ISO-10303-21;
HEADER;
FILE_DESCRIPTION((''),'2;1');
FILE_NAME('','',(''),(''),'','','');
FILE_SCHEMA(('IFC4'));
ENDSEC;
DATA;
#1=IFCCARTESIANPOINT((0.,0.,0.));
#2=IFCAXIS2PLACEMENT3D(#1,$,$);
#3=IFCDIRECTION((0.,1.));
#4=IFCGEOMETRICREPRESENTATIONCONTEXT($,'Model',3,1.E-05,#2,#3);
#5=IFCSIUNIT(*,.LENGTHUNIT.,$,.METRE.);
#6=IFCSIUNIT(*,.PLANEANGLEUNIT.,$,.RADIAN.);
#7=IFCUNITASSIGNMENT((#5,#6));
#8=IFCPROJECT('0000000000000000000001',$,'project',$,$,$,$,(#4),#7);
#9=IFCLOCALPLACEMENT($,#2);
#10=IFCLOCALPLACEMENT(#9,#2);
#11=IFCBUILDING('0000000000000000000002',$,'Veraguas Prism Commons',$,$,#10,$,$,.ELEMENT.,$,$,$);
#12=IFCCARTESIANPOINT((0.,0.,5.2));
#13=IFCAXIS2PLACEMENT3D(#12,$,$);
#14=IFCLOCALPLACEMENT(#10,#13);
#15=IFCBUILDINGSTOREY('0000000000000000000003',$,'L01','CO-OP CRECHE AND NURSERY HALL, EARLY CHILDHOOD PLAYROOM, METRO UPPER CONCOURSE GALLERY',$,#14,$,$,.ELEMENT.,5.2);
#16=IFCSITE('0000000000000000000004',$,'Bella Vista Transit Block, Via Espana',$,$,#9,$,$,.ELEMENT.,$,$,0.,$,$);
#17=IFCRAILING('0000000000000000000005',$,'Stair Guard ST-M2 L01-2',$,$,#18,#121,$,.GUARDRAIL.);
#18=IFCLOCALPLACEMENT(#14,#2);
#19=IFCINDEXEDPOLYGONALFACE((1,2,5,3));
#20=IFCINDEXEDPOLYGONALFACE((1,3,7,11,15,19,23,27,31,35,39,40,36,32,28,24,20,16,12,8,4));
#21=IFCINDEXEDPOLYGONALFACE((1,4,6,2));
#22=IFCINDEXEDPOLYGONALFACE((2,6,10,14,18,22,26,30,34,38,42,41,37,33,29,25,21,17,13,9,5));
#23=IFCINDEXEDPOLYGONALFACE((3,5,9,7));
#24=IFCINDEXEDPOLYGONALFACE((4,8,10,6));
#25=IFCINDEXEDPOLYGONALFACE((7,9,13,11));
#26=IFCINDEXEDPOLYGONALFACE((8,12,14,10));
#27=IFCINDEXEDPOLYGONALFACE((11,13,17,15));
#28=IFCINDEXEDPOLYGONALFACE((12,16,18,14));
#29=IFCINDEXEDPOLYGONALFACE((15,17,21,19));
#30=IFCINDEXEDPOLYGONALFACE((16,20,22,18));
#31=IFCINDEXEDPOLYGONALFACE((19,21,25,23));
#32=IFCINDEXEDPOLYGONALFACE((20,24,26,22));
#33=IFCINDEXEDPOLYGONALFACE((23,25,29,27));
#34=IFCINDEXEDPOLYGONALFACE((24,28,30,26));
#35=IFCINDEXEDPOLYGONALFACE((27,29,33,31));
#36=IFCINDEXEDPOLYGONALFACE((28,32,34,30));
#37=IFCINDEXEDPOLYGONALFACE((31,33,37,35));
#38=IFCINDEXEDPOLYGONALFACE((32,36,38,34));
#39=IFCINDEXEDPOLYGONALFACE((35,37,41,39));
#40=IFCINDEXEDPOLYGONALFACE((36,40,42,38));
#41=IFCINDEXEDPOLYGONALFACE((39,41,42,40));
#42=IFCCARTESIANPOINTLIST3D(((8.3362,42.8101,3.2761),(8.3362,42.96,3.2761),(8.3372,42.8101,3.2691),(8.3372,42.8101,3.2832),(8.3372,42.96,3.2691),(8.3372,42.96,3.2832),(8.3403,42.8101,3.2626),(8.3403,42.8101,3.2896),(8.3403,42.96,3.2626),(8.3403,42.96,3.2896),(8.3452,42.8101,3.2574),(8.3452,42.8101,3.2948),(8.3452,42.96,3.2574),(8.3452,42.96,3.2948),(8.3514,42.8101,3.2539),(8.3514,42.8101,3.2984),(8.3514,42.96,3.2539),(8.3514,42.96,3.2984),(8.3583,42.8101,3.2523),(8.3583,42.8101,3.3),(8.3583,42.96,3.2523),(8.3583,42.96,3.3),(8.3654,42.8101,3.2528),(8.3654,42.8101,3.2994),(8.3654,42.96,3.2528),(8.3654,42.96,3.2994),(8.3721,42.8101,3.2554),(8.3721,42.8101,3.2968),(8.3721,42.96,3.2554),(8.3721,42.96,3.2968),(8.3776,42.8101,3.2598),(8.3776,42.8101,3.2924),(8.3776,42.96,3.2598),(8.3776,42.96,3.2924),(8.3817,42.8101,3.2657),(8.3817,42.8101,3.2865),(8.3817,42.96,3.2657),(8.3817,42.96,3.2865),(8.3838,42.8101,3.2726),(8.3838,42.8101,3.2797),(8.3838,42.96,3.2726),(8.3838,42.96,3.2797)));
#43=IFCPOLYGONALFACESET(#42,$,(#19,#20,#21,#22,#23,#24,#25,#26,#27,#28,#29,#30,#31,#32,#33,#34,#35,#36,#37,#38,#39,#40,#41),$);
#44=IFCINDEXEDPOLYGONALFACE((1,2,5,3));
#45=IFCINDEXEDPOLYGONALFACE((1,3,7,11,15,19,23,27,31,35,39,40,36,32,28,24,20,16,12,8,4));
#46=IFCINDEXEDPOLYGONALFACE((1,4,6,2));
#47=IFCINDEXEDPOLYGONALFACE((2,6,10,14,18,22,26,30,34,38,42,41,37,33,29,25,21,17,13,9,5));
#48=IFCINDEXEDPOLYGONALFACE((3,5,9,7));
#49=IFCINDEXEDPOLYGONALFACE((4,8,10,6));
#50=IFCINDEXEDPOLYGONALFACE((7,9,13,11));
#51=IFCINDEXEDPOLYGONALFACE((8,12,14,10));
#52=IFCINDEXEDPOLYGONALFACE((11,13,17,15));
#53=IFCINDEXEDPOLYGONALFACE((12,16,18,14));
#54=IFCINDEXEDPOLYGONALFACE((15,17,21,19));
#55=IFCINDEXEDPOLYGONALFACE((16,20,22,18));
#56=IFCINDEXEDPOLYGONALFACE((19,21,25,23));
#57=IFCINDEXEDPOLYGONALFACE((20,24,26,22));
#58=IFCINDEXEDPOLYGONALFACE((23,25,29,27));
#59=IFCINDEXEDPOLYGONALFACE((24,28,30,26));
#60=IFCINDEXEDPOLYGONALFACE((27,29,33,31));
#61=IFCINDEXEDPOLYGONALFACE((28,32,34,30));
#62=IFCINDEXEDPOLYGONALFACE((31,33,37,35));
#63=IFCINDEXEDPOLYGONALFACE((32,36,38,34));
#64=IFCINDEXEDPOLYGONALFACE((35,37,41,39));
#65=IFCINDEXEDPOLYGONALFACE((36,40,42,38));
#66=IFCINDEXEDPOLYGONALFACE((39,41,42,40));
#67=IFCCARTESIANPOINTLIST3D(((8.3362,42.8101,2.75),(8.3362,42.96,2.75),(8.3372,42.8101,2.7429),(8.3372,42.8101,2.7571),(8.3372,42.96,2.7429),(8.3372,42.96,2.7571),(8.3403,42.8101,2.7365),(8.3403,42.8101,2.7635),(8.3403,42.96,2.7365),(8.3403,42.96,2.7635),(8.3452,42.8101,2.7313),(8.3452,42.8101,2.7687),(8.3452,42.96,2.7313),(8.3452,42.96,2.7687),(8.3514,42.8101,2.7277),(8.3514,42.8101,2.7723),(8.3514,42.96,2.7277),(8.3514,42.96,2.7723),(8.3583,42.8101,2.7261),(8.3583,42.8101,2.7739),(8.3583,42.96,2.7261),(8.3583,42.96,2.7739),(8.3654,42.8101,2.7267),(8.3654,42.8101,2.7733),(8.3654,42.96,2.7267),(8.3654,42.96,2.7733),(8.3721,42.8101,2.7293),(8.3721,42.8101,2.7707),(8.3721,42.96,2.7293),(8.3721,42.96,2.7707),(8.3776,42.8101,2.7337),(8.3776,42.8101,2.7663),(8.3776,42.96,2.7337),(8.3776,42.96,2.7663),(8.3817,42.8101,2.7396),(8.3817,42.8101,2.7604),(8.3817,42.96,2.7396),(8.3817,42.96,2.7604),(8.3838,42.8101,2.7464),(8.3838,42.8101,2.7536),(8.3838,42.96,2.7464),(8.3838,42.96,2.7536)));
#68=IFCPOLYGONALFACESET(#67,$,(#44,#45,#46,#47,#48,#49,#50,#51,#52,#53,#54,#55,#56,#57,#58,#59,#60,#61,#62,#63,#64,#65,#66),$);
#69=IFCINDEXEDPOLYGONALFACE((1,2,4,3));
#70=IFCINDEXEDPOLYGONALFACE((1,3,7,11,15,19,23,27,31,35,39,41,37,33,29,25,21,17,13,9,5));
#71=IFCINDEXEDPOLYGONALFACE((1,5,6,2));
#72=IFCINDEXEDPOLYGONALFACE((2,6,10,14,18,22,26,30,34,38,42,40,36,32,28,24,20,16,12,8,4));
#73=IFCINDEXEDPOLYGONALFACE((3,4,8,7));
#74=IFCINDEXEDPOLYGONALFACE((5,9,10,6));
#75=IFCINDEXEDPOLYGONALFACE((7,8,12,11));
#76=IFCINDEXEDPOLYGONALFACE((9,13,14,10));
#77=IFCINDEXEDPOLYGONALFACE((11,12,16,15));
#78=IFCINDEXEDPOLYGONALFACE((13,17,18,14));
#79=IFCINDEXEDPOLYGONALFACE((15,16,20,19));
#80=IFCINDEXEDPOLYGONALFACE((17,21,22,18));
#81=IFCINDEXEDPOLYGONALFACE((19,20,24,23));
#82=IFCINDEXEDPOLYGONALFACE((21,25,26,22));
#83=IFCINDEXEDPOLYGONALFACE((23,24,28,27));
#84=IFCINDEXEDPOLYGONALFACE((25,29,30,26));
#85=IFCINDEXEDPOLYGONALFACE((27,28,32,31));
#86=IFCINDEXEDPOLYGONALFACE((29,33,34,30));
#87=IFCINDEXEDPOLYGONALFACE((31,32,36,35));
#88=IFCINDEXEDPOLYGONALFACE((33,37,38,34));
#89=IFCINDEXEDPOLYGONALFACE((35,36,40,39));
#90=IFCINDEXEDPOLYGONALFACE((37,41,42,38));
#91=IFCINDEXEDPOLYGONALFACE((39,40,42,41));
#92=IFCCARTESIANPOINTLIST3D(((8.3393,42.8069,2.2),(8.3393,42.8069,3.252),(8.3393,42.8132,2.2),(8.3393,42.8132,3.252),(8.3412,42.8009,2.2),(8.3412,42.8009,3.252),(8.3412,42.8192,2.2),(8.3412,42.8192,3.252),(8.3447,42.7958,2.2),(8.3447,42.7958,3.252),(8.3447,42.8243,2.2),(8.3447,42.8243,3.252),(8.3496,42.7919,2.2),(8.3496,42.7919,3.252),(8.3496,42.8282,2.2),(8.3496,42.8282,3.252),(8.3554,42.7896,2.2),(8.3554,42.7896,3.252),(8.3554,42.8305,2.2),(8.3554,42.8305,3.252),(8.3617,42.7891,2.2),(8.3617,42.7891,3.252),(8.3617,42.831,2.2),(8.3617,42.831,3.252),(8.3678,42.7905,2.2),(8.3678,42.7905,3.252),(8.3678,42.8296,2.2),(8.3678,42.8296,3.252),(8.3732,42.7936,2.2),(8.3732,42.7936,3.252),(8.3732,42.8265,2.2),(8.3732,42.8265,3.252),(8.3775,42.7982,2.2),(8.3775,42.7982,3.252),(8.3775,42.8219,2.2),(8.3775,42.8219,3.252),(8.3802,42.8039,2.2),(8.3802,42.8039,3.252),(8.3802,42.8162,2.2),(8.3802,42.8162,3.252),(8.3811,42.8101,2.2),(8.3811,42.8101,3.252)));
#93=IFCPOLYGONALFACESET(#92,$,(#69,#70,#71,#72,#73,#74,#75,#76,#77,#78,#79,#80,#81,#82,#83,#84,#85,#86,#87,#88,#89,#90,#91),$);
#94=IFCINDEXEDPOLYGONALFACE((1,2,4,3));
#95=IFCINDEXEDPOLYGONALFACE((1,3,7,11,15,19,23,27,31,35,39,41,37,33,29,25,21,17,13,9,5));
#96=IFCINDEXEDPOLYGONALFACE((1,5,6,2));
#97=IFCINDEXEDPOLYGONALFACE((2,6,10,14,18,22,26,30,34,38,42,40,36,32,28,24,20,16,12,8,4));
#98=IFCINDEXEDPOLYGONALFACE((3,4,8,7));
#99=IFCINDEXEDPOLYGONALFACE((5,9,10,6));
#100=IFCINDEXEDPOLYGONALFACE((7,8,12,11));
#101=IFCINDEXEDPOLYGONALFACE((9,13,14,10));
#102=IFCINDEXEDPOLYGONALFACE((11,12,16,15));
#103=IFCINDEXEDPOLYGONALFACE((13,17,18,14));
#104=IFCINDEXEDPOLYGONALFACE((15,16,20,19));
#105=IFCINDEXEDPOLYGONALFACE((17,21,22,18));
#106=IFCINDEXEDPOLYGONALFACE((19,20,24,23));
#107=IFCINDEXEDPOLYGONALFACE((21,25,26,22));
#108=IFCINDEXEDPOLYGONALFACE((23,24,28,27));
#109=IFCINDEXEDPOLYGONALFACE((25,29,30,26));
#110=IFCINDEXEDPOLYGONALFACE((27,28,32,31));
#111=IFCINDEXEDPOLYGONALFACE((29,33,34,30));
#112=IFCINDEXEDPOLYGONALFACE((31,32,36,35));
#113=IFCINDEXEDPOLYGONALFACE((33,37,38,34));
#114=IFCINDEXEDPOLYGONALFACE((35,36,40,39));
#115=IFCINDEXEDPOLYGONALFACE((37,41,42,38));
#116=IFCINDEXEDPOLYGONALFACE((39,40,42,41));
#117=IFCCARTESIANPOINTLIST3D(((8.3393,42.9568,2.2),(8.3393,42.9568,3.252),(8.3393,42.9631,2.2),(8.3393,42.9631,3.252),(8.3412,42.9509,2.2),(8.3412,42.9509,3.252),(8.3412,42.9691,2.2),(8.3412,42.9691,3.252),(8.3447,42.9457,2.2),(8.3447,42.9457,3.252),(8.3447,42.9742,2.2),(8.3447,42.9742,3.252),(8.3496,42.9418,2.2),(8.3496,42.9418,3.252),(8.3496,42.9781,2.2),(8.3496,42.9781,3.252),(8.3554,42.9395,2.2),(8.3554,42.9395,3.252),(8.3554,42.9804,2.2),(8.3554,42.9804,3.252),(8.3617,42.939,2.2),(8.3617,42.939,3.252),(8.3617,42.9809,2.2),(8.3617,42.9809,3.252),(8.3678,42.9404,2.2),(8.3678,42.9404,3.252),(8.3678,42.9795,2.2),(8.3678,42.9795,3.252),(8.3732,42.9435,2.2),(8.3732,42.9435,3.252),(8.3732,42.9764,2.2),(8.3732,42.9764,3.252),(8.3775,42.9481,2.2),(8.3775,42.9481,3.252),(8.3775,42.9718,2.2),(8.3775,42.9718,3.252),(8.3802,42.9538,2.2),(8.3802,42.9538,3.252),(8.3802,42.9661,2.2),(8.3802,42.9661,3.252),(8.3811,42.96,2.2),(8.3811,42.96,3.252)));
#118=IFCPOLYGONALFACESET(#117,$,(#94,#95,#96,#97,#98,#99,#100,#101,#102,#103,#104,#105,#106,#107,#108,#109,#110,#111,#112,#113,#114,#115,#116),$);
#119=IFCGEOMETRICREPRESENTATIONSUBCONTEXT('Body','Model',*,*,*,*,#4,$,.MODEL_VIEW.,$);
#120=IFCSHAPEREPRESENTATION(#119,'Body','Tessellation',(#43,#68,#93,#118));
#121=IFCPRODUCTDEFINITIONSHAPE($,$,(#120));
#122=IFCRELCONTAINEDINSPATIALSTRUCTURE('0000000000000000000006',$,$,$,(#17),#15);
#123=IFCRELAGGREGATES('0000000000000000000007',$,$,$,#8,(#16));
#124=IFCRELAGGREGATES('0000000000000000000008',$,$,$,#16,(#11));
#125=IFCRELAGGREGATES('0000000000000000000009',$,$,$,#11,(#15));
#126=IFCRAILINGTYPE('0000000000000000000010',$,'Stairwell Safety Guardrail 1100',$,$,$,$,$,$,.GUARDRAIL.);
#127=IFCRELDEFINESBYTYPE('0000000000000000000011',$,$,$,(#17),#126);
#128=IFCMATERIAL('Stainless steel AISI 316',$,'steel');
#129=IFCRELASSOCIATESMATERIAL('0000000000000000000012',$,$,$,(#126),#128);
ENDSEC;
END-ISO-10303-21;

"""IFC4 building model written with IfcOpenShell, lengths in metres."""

from ifc_helpers import new_model, si_unit, direction, frame, origin, origin_2d, place, context, subcontext, project, spatial, circle, extrude, material, type_object, element, save


model = new_model("IFC4")

# Units and contexts
model_context = context("Model", 3, precision=1e-05, world=origin(), true_north=direction((0.0, 1.0)))
body_context = subcontext(model_context, "Body", "Model", "MODEL_VIEW")
ifc_project = project(units=[si_unit("LENGTHUNIT", "METRE"), si_unit("PLANEANGLEUNIT", "RADIAN")], contexts=[model_context])

# Site, building, storey
site_placement = place(None, origin())
site = spatial("IfcSite", under=ifc_project, at=site_placement, Name="Bella Vista Transit Block, Via Espana", CompositionType="ELEMENT", RefElevation=0.0)
building_placement = place(site_placement, origin())
building = spatial("IfcBuilding", under=site, at=building_placement, Name="Veraguas Prism Commons", CompositionType="ELEMENT")
storey_placement = place(building_placement, frame((0.0, 0.0, 5.2)))
storey = spatial("IfcBuildingStorey", under=building, at=storey_placement, Name="L01", Description="CO-OP CRECHE AND NURSERY HALL, EARLY CHILDHOOD PLAYROOM, METRO UPPER CONCOURSE GALLERY", CompositionType="ELEMENT", Elevation=5.2)

# Railing
ifc_material_1 = material(Name="Stainless steel AISI 316", Category="steel")
railing_type_1 = type_object("IfcRailingType", Name="Stairwell Safety Guardrail 1100", PredefinedType="GUARDRAIL", material=ifc_material_1)
railing_1_placement = place(storey_placement, frame((8.3601, 42.8101, 2.2)))
element("IfcRailing", 1, at=railing_1_placement, inside=storey, type_object=railing_type_1, Name="Stair Guard ST-M2 L01-2", PredefinedType="GUARDRAIL", context=body_context, shape_type="SweptSolid", body=[
    extrude(circle(Radius=0.0239, at=origin_2d()), frame((0.0, 0.0, 1.0762), z_axis=(0.0, 1.0, 0.0), x_axis=(-1.0, 0.0, 0.0)), (0.0, 0.0, 1.0), 0.1499),
    extrude(circle(Radius=0.0239, at=origin_2d()), frame((0.0, 0.0, 0.55), z_axis=(0.0, 1.0, 0.0), x_axis=(-1.0, 0.0, 0.0)), (0.0, 0.0, 1.0), 0.1499),
    extrude(circle(Radius=0.021, at=origin_2d()), origin(), (0.0, 0.0, 1.0), 1.052),
    extrude(circle(Radius=0.021, at=origin_2d()), frame((0.0, 0.1499, 0.0)), (0.0, 0.0, 1.0), 1.052),
])

save(model, "model.ifc")
